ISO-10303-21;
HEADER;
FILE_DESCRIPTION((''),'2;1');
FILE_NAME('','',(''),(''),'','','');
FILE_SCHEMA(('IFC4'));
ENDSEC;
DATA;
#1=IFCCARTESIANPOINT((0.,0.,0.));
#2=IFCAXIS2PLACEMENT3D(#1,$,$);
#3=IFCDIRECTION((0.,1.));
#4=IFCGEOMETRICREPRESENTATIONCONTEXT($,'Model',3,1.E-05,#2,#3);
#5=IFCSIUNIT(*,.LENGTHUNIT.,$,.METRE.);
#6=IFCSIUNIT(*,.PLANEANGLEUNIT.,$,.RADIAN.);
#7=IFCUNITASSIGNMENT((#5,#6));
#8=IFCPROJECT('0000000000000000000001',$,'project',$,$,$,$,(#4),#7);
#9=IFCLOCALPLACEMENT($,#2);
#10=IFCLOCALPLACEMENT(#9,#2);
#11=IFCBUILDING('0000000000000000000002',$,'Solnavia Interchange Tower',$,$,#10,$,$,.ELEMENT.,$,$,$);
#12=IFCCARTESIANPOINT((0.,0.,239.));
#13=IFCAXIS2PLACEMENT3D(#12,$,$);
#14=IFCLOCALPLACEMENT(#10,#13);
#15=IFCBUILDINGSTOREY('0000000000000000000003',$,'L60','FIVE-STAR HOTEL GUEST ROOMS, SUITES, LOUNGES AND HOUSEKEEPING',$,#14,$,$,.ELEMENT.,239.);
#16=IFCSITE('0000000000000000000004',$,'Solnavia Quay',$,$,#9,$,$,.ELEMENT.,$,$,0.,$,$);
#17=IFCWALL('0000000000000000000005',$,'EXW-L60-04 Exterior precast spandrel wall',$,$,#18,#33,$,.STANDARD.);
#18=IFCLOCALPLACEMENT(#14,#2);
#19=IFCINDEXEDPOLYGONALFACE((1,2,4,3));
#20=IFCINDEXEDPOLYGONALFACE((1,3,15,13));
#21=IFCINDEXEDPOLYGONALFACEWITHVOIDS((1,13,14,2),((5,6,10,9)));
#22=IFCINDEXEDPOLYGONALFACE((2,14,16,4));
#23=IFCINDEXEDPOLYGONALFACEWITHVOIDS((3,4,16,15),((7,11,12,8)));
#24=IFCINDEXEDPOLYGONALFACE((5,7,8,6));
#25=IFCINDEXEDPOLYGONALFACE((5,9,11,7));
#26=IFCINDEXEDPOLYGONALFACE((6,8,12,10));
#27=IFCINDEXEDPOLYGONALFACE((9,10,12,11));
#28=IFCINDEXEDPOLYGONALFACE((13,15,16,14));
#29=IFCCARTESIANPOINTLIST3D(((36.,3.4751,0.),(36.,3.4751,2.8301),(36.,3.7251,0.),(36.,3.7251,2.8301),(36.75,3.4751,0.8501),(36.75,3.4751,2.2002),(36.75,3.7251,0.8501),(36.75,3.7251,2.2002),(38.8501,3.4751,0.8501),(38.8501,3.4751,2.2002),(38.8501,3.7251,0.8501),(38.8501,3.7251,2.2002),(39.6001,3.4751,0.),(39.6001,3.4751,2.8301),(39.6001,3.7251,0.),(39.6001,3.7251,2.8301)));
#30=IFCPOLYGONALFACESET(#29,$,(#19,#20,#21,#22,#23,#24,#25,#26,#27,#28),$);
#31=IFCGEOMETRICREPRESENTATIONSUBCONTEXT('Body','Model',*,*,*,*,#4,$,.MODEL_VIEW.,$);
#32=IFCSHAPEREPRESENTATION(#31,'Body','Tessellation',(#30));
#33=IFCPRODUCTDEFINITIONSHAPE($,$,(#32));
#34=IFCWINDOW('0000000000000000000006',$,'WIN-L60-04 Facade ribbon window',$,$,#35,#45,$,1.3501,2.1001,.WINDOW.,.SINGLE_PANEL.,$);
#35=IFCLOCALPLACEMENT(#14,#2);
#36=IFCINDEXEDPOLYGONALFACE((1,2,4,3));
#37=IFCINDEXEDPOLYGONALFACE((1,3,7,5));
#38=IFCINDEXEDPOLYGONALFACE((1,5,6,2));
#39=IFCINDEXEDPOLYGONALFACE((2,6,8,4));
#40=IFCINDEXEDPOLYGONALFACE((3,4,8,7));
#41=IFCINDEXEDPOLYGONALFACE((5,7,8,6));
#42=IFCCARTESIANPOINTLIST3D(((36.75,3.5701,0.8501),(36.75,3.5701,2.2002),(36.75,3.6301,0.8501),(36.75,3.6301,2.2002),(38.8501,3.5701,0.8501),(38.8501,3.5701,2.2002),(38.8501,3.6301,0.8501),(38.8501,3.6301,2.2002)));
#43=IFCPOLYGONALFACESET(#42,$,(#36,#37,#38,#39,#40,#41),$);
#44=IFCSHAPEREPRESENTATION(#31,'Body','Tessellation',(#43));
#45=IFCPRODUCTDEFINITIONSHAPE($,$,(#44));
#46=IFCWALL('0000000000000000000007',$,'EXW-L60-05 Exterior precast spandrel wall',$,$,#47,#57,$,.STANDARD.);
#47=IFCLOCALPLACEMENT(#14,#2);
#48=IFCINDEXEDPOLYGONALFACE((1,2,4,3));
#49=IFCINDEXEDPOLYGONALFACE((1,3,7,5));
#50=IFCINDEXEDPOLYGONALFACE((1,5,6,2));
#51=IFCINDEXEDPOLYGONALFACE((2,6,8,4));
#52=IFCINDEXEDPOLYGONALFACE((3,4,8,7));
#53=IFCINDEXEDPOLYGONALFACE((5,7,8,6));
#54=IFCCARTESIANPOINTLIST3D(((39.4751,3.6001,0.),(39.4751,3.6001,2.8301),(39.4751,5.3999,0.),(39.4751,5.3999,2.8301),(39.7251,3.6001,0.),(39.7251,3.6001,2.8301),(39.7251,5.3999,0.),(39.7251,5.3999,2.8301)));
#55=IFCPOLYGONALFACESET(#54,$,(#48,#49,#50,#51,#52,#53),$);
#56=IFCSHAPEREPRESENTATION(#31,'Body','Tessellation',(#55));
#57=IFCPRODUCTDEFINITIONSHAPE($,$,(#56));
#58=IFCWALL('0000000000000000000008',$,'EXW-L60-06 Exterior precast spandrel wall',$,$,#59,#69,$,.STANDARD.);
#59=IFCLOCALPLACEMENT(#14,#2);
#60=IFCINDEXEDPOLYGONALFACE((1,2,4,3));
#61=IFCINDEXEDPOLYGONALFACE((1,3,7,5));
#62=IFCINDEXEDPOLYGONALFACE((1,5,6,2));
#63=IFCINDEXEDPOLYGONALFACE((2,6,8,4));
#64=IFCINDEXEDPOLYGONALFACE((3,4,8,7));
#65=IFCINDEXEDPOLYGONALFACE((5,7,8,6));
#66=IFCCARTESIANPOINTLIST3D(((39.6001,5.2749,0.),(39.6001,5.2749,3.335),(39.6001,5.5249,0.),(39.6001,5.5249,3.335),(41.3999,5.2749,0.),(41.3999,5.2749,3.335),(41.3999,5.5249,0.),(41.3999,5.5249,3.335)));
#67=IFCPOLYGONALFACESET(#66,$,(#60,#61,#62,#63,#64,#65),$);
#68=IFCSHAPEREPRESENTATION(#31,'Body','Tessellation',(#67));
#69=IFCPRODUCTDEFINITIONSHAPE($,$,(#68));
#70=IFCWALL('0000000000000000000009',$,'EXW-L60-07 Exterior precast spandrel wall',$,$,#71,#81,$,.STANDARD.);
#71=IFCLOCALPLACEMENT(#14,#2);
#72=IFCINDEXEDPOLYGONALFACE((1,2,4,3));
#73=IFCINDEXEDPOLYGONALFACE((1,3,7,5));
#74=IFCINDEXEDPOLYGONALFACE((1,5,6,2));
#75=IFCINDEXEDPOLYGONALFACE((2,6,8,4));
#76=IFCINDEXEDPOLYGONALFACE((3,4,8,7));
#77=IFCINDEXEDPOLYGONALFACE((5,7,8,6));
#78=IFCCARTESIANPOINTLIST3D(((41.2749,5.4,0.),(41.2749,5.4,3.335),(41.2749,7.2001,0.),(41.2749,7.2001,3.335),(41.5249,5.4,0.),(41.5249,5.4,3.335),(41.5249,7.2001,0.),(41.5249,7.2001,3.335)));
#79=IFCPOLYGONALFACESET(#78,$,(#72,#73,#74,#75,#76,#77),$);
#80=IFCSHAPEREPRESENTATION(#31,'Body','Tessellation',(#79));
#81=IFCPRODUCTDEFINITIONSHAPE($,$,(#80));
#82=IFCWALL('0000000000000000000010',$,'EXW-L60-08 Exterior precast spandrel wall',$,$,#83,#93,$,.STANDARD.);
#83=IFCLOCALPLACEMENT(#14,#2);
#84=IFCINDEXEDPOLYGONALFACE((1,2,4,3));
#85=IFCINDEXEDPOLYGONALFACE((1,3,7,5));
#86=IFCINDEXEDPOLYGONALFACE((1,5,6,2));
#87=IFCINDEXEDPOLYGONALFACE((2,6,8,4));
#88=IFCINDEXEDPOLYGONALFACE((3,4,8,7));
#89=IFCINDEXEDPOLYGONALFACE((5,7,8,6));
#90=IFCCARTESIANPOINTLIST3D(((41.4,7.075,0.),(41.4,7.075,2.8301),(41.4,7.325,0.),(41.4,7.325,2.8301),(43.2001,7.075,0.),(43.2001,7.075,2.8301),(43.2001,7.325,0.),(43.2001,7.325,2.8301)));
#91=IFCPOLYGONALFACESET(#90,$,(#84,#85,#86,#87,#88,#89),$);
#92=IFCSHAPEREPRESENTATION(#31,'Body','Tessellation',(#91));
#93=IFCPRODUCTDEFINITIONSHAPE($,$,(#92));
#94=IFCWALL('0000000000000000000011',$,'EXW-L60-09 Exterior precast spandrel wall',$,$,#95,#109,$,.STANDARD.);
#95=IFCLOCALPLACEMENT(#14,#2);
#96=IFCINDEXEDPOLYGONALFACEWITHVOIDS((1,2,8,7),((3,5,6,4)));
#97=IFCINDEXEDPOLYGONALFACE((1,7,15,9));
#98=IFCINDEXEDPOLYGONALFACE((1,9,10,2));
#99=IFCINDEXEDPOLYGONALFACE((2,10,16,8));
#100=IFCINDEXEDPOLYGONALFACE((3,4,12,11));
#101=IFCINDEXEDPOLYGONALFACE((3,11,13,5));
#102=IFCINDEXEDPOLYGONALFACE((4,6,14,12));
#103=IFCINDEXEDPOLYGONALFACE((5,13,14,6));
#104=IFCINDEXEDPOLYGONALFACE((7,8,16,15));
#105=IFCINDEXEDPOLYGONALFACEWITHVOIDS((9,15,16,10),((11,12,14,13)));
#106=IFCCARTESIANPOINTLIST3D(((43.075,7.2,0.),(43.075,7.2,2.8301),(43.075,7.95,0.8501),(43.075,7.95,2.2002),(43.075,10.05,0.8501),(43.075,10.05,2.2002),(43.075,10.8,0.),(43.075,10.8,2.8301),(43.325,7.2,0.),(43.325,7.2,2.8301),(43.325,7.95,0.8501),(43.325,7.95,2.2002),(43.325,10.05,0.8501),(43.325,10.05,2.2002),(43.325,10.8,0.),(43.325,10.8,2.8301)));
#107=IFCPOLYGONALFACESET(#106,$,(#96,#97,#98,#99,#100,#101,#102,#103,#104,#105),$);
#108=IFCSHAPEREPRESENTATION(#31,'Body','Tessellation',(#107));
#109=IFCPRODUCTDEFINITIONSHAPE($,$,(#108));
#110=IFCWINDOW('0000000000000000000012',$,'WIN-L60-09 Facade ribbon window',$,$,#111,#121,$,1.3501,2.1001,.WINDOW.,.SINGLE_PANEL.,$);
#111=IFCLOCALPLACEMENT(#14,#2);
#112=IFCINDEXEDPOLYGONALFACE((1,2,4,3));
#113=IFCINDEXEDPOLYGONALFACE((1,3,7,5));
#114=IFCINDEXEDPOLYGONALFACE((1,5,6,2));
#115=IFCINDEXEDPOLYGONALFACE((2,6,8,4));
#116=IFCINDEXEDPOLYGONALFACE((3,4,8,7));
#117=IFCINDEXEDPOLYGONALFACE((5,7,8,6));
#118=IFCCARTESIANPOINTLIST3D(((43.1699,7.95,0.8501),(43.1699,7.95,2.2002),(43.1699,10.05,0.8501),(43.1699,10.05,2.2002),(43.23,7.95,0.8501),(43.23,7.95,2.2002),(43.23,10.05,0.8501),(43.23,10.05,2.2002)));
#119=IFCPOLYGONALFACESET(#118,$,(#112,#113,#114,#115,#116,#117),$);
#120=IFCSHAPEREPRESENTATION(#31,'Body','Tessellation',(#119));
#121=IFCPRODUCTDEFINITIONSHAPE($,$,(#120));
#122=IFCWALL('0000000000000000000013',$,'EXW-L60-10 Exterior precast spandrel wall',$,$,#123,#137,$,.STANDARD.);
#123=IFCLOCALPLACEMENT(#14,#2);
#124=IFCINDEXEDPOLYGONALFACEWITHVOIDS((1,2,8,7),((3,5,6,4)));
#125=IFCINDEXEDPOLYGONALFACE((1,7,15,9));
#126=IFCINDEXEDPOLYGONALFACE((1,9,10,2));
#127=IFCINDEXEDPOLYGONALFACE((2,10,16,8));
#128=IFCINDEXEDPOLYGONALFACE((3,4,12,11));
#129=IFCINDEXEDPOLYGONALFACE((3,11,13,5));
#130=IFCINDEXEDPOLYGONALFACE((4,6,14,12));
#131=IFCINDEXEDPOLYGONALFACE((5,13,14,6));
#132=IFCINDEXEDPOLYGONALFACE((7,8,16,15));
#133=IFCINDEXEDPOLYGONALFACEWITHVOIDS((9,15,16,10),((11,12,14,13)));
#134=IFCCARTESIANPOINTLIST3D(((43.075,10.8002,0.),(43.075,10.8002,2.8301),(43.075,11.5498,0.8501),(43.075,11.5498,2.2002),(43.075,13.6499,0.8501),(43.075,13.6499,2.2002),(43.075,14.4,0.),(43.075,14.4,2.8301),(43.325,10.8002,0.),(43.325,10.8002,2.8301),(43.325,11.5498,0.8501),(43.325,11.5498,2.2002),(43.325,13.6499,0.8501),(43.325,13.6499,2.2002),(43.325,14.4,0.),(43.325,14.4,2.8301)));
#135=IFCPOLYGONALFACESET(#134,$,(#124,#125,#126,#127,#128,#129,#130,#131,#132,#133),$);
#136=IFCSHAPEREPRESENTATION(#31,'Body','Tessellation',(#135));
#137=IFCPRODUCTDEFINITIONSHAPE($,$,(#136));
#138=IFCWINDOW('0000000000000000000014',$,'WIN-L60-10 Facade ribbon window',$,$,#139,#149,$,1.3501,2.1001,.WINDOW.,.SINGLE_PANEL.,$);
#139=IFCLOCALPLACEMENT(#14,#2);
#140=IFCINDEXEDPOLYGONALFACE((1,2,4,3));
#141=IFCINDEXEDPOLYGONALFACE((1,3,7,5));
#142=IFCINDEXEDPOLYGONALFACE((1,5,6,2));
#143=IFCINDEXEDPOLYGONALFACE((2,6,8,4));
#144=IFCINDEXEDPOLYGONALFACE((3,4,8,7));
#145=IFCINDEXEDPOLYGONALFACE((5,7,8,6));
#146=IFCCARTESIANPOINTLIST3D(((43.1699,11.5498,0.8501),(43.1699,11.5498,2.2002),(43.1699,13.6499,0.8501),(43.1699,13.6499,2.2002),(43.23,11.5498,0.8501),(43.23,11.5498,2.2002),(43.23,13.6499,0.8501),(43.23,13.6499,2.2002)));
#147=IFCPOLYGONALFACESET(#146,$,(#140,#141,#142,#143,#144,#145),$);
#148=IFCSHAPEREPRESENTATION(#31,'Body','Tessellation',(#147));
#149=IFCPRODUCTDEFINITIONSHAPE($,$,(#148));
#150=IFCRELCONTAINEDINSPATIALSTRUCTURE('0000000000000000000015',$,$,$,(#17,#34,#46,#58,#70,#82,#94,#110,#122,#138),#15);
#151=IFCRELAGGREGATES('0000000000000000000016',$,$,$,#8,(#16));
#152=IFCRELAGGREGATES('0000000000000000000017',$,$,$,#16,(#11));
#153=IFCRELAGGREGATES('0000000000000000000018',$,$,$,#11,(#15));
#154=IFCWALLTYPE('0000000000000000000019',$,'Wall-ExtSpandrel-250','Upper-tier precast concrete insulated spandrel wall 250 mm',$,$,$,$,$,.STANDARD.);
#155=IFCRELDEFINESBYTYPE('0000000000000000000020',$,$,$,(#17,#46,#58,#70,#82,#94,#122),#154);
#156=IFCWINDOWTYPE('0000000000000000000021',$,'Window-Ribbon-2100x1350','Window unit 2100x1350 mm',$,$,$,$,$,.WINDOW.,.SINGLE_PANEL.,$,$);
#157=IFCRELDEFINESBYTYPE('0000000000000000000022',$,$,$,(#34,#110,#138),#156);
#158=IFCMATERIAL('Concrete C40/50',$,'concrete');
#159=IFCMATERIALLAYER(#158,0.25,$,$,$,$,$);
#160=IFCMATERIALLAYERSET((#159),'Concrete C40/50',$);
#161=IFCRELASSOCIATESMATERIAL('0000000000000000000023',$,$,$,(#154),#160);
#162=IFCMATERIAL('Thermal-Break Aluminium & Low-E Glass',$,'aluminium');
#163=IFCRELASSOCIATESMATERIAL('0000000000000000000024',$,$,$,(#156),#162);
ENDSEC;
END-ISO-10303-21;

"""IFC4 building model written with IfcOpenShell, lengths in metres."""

from ifc_helpers import new_model, si_unit, direction, frame, frame_2d, origin, place, context, subcontext, project, spatial, rectangle, extrude, material, layer, layer_set, type_object, element, fill, save


model = new_model("IFC4")

# Units and contexts
model_context = context("Model", 3, precision=1e-05, world=origin(), true_north=direction((0.0, 1.0)))
body_context = subcontext(model_context, "Body", "Model", "MODEL_VIEW")
ifc_project = project(units=[si_unit("LENGTHUNIT", "METRE"), si_unit("PLANEANGLEUNIT", "RADIAN")], contexts=[model_context])

# Site, building, storey
site_placement = place(None, origin())
site = spatial("IfcSite", under=ifc_project, at=site_placement, Name="Solnavia Quay", CompositionType="ELEMENT", RefElevation=0.0)
building_placement = place(site_placement, origin())
building = spatial("IfcBuilding", under=site, at=building_placement, Name="Solnavia Interchange Tower", CompositionType="ELEMENT")
storey_placement = place(building_placement, frame((0.0, 0.0, 239.0)))
storey = spatial("IfcBuildingStorey", under=building, at=storey_placement, Name="L60", Description="FIVE-STAR HOTEL GUEST ROOMS, SUITES, LOUNGES AND HOUSEKEEPING", CompositionType="ELEMENT", Elevation=239.0)

# Wall, opening, window
ifc_material_1 = material(Name="Concrete C40/50", Category="concrete")
ifc_layer_1 = layer(ifc_material_1, 0.25)
ifc_layer_set_1 = layer_set([ifc_layer_1], Name="Concrete C40/50")
wall_type_1 = type_object("IfcWallType", Name="Wall-ExtSpandrel-250", Description="Upper-tier precast concrete insulated spandrel wall 250 mm", PredefinedType="STANDARD", material=ifc_layer_set_1)
wall_1_placement = place(storey_placement, frame((39.6001, 3.6001, 0.0), z_axis=(0.0, 0.0, 1.0), x_axis=(-1.0, 0.0, 0.0)))
wall_1 = element("IfcWall", 1, at=wall_1_placement, inside=storey, type_object=wall_type_1, Name="EXW-L60-04 Exterior precast spandrel wall", PredefinedType="STANDARD", context=body_context, shape_type="SweptSolid", body=[
    extrude(rectangle(XDim=3.6001, YDim=0.25, at=frame_2d((1.8, 0.0))), origin(), (0.0, 0.0, 1.0), 2.8301),
])
opening_1_placement = place(wall_1_placement, frame((0.75, 0.0, 0.8501)))
opening_1 = element("IfcOpeningElement", 2, at=opening_1_placement, cuts=wall_1, PredefinedType="OPENING", context=body_context, shape_type="SweptSolid", body=[
    extrude(rectangle(XDim=2.1001, YDim=1.3501, at=frame_2d((1.05, 0.675))), frame((0.0, 0.135, 0.0), z_axis=(0.0, -1.0, 0.0), x_axis=(1.0, 0.0, 0.0)), (0.0, 0.0, 1.0), 0.27),
])
ifc_material_2 = material(Name="Thermal-Break Aluminium & Low-E Glass", Category="aluminium")
window_type = type_object("IfcWindowType", Name="Window-Ribbon-2100x1350", Description="Window unit 2100x1350 mm", PartitioningType="SINGLE_PANEL", PredefinedType="WINDOW", material=ifc_material_2)
window_1_placement = place(opening_1_placement, origin())
window_1 = element("IfcWindow", 3, at=window_1_placement, inside=storey, type_object=window_type, Name="WIN-L60-04 Facade ribbon window", OverallHeight=1.3501, OverallWidth=2.1001, PartitioningType="SINGLE_PANEL", PredefinedType="WINDOW", context=body_context, shape_type="SweptSolid", body=[
    extrude(rectangle(XDim=2.1001, YDim=1.3501, at=frame_2d((1.05, 0.675))), frame((0.0, 0.03, 0.0), z_axis=(0.0, -1.0, 0.0), x_axis=(1.0, 0.0, 0.0)), (0.0, 0.0, 1.0), 0.0601),
])
fill(opening_1, window_1)

# Walls
wall_2_placement = place(storey_placement, frame((39.6001, 5.3999, 0.0), z_axis=(0.0, 0.0, 1.0), x_axis=(0.0, -1.0, 0.0)))
element("IfcWall", 4, at=wall_2_placement, inside=storey, type_object=wall_type_1, Name="EXW-L60-05 Exterior precast spandrel wall", PredefinedType="STANDARD", context=body_context, shape_type="SweptSolid", body=[
    extrude(rectangle(XDim=1.7998, YDim=0.25, at=frame_2d((0.8999, 0.0))), origin(), (0.0, 0.0, 1.0), 2.8301),
])
wall_3_placement = place(storey_placement, frame((41.3999, 5.3999, 0.0), z_axis=(0.0, 0.0, 1.0), x_axis=(-1.0, 0.0, 0.0)))
element("IfcWall", 5, at=wall_3_placement, inside=storey, type_object=wall_type_1, Name="EXW-L60-06 Exterior precast spandrel wall", PredefinedType="STANDARD", context=body_context, shape_type="SweptSolid", body=[
    extrude(rectangle(XDim=1.7998, YDim=0.25, at=frame_2d((0.8999, 0.0))), origin(), (0.0, 0.0, 1.0), 3.335),
])
wall_4_placement = place(storey_placement, frame((41.3999, 7.2, 0.0), z_axis=(0.0, 0.0, 1.0), x_axis=(0.0, -1.0, 0.0)))
element("IfcWall", 6, at=wall_4_placement, inside=storey, type_object=wall_type_1, Name="EXW-L60-07 Exterior precast spandrel wall", PredefinedType="STANDARD", context=body_context, shape_type="SweptSolid", body=[
    extrude(rectangle(XDim=1.8, YDim=0.25, at=frame_2d((0.8999, 0.0))), origin(), (0.0, 0.0, 1.0), 3.335),
])
wall_5_placement = place(storey_placement, frame((43.2, 7.2, 0.0), z_axis=(0.0, 0.0, 1.0), x_axis=(-1.0, 0.0, 0.0)))
element("IfcWall", 7, at=wall_5_placement, inside=storey, type_object=wall_type_1, Name="EXW-L60-08 Exterior precast spandrel wall", PredefinedType="STANDARD", context=body_context, shape_type="SweptSolid", body=[
    extrude(rectangle(XDim=1.8, YDim=0.25, at=frame_2d((0.8999, 0.0))), origin(), (0.0, 0.0, 1.0), 2.8301),
])

# Walls, openings, windows
wall_6_placement = place(storey_placement, frame((43.2, 10.8, 0.0), z_axis=(0.0, 0.0, 1.0), x_axis=(0.0, -1.0, 0.0)))
wall_6 = element("IfcWall", 8, at=wall_6_placement, inside=storey, type_object=wall_type_1, Name="EXW-L60-09 Exterior precast spandrel wall", PredefinedType="STANDARD", context=body_context, shape_type="SweptSolid", body=[
    extrude(rectangle(XDim=3.6001, YDim=0.25, at=frame_2d((1.8, 0.0))), origin(), (0.0, 0.0, 1.0), 2.8301),
])
opening_2_placement = place(wall_6_placement, frame((0.75, 0.0, 0.8501)))
opening_2 = element("IfcOpeningElement", 9, at=opening_2_placement, cuts=wall_6, PredefinedType="OPENING", context=body_context, shape_type="SweptSolid", body=[
    extrude(rectangle(XDim=2.1001, YDim=1.3501, at=frame_2d((1.05, 0.675))), frame((0.0, 0.135, 0.0), z_axis=(0.0, -1.0, 0.0), x_axis=(1.0, 0.0, 0.0)), (0.0, 0.0, 1.0), 0.27),
])
window_2_placement = place(opening_2_placement, origin())
window_2 = element("IfcWindow", 10, at=window_2_placement, inside=storey, type_object=window_type, Name="WIN-L60-09 Facade ribbon window", OverallHeight=1.3501, OverallWidth=2.1001, PartitioningType="SINGLE_PANEL", PredefinedType="WINDOW", context=body_context, shape_type="SweptSolid", body=[
    extrude(rectangle(XDim=2.1001, YDim=1.3501, at=frame_2d((1.05, 0.675))), frame((0.0, 0.03, 0.0), z_axis=(0.0, -1.0, 0.0), x_axis=(1.0, 0.0, 0.0)), (0.0, 0.0, 1.0), 0.0601),
])
fill(opening_2, window_2)
wall_7_placement = place(storey_placement, frame((43.2, 14.3999, 0.0), z_axis=(0.0, 0.0, 1.0), x_axis=(0.0, -1.0, 0.0)))
wall_7 = element("IfcWall", 11, at=wall_7_placement, inside=storey, type_object=wall_type_1, Name="EXW-L60-10 Exterior precast spandrel wall", PredefinedType="STANDARD", context=body_context, shape_type="SweptSolid", body=[
    extrude(rectangle(XDim=3.5999, YDim=0.25, at=frame_2d((1.7998, 0.0))), origin(), (0.0, 0.0, 1.0), 2.8301),
])
opening_3_placement = place(wall_7_placement, frame((0.75, 0.0, 0.8501)))
opening_3 = element("IfcOpeningElement", 12, at=opening_3_placement, cuts=wall_7, PredefinedType="OPENING", context=body_context, shape_type="SweptSolid", body=[
    extrude(rectangle(XDim=2.1001, YDim=1.3501, at=frame_2d((1.05, 0.675))), frame((0.0, 0.135, 0.0), z_axis=(0.0, -1.0, 0.0), x_axis=(1.0, 0.0, 0.0)), (0.0, 0.0, 1.0), 0.27),
])
window_3_placement = place(opening_3_placement, origin())
window_3 = element("IfcWindow", 13, at=window_3_placement, inside=storey, type_object=window_type, Name="WIN-L60-10 Facade ribbon window", OverallHeight=1.3501, OverallWidth=2.1001, PartitioningType="SINGLE_PANEL", PredefinedType="WINDOW", context=body_context, shape_type="SweptSolid", body=[
    extrude(rectangle(XDim=2.1001, YDim=1.3501, at=frame_2d((1.05, 0.675))), frame((0.0, 0.03, 0.0), z_axis=(0.0, -1.0, 0.0), x_axis=(1.0, 0.0, 0.0)), (0.0, 0.0, 1.0), 0.0601),
])
fill(opening_3, window_3)

save(model, "model.ifc")
